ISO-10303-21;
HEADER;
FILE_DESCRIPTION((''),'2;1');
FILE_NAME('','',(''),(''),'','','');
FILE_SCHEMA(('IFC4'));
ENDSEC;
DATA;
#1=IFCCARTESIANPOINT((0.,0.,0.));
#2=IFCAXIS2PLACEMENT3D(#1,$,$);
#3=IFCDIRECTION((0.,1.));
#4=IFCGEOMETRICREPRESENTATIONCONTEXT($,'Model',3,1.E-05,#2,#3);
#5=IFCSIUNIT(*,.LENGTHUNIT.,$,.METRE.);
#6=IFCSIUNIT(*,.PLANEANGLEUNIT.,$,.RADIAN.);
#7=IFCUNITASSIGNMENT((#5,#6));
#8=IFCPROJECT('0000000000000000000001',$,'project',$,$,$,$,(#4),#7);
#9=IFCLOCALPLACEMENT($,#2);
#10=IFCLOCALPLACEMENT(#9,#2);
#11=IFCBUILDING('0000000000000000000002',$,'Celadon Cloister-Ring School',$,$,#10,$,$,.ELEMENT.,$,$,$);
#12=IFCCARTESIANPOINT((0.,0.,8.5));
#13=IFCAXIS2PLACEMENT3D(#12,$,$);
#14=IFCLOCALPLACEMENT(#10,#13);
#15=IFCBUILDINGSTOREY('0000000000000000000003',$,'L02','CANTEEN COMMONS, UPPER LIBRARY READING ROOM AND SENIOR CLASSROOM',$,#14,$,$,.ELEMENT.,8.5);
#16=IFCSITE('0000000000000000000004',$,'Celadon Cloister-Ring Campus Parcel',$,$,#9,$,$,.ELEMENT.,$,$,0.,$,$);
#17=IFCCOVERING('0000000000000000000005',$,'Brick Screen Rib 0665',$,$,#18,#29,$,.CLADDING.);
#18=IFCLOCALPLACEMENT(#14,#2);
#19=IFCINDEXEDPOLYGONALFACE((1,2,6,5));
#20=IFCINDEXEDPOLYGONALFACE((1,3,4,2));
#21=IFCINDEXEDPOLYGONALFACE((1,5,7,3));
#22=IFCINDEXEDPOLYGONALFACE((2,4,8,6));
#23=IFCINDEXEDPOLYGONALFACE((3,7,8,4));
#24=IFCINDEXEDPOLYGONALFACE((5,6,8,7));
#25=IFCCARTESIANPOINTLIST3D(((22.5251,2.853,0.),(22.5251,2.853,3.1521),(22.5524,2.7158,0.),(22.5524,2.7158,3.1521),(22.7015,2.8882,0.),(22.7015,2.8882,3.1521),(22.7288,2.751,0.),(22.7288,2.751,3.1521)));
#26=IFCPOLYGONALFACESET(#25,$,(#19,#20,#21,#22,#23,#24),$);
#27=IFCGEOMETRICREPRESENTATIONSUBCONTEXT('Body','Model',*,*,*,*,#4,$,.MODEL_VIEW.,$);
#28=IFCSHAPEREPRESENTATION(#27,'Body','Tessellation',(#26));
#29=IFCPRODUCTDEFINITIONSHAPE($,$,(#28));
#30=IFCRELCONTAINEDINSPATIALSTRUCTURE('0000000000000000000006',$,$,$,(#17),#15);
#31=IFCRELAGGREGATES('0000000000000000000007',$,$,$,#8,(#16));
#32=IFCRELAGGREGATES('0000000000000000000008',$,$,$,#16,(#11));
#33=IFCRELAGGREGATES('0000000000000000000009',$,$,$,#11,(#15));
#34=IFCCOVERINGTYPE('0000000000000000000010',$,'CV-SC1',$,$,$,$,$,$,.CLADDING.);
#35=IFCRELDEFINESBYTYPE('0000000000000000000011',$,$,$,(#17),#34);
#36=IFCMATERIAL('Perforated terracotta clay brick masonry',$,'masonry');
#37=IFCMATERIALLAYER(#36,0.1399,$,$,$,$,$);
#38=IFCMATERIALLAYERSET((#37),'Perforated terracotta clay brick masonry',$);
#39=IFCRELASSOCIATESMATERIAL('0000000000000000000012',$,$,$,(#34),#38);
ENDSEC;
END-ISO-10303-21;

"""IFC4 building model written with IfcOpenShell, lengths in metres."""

from ifc_helpers import new_model, si_unit, direction, frame, origin, origin_2d, place, context, subcontext, project, spatial, rectangle, extrude, material, layer, layer_set, type_object, element, save


model = new_model("IFC4")

# Units and contexts
model_context = context("Model", 3, precision=1e-05, world=origin(), true_north=direction((0.0, 1.0)))
body_context = subcontext(model_context, "Body", "Model", "MODEL_VIEW")
ifc_project = project(units=[si_unit("LENGTHUNIT", "METRE"), si_unit("PLANEANGLEUNIT", "RADIAN")], contexts=[model_context])

# Site, building, storey
site_placement = place(None, origin())
site = spatial("IfcSite", under=ifc_project, at=site_placement, Name="Celadon Cloister-Ring Campus Parcel", CompositionType="ELEMENT", RefElevation=0.0)
building_placement = place(site_placement, origin())
building = spatial("IfcBuilding", under=site, at=building_placement, Name="Celadon Cloister-Ring School", CompositionType="ELEMENT")
storey_placement = place(building_placement, frame((0.0, 0.0, 8.5)))
storey = spatial("IfcBuildingStorey", under=building, at=storey_placement, Name="L02", Description="CANTEEN COMMONS, UPPER LIBRARY READING ROOM AND SENIOR CLASSROOM", CompositionType="ELEMENT", Elevation=8.5)

# Covering
ifc_material_1 = material(Name="Perforated terracotta clay brick masonry", Category="masonry")
ifc_layer_1 = layer(ifc_material_1, 0.1399)
ifc_layer_set_1 = layer_set([ifc_layer_1], Name="Perforated terracotta clay brick masonry")
covering_type = type_object("IfcCoveringType", Name="CV-SC1", PredefinedType="CLADDING", material=ifc_layer_set_1)
for number, where, z_axis, x_axis, name in (
    (1, (22.627, 2.802, 0.0), (0.0, 0.0, 1.0), (-0.980775, -0.195142, 0.0), "Brick Screen Rib 0665"),
):
    element("IfcCovering", number, at=place(storey_placement, frame(where, z_axis=z_axis, x_axis=x_axis)), inside=storey, type_object=covering_type, Name=name, PredefinedType="CLADDING", context=body_context, shape_type="SweptSolid", body=[
        extrude(rectangle(XDim=0.1799, YDim=0.1399, at=origin_2d()), origin(), (0.0, 0.0, 1.0), 3.1521),
    ])

save(model, "model.ifc")
